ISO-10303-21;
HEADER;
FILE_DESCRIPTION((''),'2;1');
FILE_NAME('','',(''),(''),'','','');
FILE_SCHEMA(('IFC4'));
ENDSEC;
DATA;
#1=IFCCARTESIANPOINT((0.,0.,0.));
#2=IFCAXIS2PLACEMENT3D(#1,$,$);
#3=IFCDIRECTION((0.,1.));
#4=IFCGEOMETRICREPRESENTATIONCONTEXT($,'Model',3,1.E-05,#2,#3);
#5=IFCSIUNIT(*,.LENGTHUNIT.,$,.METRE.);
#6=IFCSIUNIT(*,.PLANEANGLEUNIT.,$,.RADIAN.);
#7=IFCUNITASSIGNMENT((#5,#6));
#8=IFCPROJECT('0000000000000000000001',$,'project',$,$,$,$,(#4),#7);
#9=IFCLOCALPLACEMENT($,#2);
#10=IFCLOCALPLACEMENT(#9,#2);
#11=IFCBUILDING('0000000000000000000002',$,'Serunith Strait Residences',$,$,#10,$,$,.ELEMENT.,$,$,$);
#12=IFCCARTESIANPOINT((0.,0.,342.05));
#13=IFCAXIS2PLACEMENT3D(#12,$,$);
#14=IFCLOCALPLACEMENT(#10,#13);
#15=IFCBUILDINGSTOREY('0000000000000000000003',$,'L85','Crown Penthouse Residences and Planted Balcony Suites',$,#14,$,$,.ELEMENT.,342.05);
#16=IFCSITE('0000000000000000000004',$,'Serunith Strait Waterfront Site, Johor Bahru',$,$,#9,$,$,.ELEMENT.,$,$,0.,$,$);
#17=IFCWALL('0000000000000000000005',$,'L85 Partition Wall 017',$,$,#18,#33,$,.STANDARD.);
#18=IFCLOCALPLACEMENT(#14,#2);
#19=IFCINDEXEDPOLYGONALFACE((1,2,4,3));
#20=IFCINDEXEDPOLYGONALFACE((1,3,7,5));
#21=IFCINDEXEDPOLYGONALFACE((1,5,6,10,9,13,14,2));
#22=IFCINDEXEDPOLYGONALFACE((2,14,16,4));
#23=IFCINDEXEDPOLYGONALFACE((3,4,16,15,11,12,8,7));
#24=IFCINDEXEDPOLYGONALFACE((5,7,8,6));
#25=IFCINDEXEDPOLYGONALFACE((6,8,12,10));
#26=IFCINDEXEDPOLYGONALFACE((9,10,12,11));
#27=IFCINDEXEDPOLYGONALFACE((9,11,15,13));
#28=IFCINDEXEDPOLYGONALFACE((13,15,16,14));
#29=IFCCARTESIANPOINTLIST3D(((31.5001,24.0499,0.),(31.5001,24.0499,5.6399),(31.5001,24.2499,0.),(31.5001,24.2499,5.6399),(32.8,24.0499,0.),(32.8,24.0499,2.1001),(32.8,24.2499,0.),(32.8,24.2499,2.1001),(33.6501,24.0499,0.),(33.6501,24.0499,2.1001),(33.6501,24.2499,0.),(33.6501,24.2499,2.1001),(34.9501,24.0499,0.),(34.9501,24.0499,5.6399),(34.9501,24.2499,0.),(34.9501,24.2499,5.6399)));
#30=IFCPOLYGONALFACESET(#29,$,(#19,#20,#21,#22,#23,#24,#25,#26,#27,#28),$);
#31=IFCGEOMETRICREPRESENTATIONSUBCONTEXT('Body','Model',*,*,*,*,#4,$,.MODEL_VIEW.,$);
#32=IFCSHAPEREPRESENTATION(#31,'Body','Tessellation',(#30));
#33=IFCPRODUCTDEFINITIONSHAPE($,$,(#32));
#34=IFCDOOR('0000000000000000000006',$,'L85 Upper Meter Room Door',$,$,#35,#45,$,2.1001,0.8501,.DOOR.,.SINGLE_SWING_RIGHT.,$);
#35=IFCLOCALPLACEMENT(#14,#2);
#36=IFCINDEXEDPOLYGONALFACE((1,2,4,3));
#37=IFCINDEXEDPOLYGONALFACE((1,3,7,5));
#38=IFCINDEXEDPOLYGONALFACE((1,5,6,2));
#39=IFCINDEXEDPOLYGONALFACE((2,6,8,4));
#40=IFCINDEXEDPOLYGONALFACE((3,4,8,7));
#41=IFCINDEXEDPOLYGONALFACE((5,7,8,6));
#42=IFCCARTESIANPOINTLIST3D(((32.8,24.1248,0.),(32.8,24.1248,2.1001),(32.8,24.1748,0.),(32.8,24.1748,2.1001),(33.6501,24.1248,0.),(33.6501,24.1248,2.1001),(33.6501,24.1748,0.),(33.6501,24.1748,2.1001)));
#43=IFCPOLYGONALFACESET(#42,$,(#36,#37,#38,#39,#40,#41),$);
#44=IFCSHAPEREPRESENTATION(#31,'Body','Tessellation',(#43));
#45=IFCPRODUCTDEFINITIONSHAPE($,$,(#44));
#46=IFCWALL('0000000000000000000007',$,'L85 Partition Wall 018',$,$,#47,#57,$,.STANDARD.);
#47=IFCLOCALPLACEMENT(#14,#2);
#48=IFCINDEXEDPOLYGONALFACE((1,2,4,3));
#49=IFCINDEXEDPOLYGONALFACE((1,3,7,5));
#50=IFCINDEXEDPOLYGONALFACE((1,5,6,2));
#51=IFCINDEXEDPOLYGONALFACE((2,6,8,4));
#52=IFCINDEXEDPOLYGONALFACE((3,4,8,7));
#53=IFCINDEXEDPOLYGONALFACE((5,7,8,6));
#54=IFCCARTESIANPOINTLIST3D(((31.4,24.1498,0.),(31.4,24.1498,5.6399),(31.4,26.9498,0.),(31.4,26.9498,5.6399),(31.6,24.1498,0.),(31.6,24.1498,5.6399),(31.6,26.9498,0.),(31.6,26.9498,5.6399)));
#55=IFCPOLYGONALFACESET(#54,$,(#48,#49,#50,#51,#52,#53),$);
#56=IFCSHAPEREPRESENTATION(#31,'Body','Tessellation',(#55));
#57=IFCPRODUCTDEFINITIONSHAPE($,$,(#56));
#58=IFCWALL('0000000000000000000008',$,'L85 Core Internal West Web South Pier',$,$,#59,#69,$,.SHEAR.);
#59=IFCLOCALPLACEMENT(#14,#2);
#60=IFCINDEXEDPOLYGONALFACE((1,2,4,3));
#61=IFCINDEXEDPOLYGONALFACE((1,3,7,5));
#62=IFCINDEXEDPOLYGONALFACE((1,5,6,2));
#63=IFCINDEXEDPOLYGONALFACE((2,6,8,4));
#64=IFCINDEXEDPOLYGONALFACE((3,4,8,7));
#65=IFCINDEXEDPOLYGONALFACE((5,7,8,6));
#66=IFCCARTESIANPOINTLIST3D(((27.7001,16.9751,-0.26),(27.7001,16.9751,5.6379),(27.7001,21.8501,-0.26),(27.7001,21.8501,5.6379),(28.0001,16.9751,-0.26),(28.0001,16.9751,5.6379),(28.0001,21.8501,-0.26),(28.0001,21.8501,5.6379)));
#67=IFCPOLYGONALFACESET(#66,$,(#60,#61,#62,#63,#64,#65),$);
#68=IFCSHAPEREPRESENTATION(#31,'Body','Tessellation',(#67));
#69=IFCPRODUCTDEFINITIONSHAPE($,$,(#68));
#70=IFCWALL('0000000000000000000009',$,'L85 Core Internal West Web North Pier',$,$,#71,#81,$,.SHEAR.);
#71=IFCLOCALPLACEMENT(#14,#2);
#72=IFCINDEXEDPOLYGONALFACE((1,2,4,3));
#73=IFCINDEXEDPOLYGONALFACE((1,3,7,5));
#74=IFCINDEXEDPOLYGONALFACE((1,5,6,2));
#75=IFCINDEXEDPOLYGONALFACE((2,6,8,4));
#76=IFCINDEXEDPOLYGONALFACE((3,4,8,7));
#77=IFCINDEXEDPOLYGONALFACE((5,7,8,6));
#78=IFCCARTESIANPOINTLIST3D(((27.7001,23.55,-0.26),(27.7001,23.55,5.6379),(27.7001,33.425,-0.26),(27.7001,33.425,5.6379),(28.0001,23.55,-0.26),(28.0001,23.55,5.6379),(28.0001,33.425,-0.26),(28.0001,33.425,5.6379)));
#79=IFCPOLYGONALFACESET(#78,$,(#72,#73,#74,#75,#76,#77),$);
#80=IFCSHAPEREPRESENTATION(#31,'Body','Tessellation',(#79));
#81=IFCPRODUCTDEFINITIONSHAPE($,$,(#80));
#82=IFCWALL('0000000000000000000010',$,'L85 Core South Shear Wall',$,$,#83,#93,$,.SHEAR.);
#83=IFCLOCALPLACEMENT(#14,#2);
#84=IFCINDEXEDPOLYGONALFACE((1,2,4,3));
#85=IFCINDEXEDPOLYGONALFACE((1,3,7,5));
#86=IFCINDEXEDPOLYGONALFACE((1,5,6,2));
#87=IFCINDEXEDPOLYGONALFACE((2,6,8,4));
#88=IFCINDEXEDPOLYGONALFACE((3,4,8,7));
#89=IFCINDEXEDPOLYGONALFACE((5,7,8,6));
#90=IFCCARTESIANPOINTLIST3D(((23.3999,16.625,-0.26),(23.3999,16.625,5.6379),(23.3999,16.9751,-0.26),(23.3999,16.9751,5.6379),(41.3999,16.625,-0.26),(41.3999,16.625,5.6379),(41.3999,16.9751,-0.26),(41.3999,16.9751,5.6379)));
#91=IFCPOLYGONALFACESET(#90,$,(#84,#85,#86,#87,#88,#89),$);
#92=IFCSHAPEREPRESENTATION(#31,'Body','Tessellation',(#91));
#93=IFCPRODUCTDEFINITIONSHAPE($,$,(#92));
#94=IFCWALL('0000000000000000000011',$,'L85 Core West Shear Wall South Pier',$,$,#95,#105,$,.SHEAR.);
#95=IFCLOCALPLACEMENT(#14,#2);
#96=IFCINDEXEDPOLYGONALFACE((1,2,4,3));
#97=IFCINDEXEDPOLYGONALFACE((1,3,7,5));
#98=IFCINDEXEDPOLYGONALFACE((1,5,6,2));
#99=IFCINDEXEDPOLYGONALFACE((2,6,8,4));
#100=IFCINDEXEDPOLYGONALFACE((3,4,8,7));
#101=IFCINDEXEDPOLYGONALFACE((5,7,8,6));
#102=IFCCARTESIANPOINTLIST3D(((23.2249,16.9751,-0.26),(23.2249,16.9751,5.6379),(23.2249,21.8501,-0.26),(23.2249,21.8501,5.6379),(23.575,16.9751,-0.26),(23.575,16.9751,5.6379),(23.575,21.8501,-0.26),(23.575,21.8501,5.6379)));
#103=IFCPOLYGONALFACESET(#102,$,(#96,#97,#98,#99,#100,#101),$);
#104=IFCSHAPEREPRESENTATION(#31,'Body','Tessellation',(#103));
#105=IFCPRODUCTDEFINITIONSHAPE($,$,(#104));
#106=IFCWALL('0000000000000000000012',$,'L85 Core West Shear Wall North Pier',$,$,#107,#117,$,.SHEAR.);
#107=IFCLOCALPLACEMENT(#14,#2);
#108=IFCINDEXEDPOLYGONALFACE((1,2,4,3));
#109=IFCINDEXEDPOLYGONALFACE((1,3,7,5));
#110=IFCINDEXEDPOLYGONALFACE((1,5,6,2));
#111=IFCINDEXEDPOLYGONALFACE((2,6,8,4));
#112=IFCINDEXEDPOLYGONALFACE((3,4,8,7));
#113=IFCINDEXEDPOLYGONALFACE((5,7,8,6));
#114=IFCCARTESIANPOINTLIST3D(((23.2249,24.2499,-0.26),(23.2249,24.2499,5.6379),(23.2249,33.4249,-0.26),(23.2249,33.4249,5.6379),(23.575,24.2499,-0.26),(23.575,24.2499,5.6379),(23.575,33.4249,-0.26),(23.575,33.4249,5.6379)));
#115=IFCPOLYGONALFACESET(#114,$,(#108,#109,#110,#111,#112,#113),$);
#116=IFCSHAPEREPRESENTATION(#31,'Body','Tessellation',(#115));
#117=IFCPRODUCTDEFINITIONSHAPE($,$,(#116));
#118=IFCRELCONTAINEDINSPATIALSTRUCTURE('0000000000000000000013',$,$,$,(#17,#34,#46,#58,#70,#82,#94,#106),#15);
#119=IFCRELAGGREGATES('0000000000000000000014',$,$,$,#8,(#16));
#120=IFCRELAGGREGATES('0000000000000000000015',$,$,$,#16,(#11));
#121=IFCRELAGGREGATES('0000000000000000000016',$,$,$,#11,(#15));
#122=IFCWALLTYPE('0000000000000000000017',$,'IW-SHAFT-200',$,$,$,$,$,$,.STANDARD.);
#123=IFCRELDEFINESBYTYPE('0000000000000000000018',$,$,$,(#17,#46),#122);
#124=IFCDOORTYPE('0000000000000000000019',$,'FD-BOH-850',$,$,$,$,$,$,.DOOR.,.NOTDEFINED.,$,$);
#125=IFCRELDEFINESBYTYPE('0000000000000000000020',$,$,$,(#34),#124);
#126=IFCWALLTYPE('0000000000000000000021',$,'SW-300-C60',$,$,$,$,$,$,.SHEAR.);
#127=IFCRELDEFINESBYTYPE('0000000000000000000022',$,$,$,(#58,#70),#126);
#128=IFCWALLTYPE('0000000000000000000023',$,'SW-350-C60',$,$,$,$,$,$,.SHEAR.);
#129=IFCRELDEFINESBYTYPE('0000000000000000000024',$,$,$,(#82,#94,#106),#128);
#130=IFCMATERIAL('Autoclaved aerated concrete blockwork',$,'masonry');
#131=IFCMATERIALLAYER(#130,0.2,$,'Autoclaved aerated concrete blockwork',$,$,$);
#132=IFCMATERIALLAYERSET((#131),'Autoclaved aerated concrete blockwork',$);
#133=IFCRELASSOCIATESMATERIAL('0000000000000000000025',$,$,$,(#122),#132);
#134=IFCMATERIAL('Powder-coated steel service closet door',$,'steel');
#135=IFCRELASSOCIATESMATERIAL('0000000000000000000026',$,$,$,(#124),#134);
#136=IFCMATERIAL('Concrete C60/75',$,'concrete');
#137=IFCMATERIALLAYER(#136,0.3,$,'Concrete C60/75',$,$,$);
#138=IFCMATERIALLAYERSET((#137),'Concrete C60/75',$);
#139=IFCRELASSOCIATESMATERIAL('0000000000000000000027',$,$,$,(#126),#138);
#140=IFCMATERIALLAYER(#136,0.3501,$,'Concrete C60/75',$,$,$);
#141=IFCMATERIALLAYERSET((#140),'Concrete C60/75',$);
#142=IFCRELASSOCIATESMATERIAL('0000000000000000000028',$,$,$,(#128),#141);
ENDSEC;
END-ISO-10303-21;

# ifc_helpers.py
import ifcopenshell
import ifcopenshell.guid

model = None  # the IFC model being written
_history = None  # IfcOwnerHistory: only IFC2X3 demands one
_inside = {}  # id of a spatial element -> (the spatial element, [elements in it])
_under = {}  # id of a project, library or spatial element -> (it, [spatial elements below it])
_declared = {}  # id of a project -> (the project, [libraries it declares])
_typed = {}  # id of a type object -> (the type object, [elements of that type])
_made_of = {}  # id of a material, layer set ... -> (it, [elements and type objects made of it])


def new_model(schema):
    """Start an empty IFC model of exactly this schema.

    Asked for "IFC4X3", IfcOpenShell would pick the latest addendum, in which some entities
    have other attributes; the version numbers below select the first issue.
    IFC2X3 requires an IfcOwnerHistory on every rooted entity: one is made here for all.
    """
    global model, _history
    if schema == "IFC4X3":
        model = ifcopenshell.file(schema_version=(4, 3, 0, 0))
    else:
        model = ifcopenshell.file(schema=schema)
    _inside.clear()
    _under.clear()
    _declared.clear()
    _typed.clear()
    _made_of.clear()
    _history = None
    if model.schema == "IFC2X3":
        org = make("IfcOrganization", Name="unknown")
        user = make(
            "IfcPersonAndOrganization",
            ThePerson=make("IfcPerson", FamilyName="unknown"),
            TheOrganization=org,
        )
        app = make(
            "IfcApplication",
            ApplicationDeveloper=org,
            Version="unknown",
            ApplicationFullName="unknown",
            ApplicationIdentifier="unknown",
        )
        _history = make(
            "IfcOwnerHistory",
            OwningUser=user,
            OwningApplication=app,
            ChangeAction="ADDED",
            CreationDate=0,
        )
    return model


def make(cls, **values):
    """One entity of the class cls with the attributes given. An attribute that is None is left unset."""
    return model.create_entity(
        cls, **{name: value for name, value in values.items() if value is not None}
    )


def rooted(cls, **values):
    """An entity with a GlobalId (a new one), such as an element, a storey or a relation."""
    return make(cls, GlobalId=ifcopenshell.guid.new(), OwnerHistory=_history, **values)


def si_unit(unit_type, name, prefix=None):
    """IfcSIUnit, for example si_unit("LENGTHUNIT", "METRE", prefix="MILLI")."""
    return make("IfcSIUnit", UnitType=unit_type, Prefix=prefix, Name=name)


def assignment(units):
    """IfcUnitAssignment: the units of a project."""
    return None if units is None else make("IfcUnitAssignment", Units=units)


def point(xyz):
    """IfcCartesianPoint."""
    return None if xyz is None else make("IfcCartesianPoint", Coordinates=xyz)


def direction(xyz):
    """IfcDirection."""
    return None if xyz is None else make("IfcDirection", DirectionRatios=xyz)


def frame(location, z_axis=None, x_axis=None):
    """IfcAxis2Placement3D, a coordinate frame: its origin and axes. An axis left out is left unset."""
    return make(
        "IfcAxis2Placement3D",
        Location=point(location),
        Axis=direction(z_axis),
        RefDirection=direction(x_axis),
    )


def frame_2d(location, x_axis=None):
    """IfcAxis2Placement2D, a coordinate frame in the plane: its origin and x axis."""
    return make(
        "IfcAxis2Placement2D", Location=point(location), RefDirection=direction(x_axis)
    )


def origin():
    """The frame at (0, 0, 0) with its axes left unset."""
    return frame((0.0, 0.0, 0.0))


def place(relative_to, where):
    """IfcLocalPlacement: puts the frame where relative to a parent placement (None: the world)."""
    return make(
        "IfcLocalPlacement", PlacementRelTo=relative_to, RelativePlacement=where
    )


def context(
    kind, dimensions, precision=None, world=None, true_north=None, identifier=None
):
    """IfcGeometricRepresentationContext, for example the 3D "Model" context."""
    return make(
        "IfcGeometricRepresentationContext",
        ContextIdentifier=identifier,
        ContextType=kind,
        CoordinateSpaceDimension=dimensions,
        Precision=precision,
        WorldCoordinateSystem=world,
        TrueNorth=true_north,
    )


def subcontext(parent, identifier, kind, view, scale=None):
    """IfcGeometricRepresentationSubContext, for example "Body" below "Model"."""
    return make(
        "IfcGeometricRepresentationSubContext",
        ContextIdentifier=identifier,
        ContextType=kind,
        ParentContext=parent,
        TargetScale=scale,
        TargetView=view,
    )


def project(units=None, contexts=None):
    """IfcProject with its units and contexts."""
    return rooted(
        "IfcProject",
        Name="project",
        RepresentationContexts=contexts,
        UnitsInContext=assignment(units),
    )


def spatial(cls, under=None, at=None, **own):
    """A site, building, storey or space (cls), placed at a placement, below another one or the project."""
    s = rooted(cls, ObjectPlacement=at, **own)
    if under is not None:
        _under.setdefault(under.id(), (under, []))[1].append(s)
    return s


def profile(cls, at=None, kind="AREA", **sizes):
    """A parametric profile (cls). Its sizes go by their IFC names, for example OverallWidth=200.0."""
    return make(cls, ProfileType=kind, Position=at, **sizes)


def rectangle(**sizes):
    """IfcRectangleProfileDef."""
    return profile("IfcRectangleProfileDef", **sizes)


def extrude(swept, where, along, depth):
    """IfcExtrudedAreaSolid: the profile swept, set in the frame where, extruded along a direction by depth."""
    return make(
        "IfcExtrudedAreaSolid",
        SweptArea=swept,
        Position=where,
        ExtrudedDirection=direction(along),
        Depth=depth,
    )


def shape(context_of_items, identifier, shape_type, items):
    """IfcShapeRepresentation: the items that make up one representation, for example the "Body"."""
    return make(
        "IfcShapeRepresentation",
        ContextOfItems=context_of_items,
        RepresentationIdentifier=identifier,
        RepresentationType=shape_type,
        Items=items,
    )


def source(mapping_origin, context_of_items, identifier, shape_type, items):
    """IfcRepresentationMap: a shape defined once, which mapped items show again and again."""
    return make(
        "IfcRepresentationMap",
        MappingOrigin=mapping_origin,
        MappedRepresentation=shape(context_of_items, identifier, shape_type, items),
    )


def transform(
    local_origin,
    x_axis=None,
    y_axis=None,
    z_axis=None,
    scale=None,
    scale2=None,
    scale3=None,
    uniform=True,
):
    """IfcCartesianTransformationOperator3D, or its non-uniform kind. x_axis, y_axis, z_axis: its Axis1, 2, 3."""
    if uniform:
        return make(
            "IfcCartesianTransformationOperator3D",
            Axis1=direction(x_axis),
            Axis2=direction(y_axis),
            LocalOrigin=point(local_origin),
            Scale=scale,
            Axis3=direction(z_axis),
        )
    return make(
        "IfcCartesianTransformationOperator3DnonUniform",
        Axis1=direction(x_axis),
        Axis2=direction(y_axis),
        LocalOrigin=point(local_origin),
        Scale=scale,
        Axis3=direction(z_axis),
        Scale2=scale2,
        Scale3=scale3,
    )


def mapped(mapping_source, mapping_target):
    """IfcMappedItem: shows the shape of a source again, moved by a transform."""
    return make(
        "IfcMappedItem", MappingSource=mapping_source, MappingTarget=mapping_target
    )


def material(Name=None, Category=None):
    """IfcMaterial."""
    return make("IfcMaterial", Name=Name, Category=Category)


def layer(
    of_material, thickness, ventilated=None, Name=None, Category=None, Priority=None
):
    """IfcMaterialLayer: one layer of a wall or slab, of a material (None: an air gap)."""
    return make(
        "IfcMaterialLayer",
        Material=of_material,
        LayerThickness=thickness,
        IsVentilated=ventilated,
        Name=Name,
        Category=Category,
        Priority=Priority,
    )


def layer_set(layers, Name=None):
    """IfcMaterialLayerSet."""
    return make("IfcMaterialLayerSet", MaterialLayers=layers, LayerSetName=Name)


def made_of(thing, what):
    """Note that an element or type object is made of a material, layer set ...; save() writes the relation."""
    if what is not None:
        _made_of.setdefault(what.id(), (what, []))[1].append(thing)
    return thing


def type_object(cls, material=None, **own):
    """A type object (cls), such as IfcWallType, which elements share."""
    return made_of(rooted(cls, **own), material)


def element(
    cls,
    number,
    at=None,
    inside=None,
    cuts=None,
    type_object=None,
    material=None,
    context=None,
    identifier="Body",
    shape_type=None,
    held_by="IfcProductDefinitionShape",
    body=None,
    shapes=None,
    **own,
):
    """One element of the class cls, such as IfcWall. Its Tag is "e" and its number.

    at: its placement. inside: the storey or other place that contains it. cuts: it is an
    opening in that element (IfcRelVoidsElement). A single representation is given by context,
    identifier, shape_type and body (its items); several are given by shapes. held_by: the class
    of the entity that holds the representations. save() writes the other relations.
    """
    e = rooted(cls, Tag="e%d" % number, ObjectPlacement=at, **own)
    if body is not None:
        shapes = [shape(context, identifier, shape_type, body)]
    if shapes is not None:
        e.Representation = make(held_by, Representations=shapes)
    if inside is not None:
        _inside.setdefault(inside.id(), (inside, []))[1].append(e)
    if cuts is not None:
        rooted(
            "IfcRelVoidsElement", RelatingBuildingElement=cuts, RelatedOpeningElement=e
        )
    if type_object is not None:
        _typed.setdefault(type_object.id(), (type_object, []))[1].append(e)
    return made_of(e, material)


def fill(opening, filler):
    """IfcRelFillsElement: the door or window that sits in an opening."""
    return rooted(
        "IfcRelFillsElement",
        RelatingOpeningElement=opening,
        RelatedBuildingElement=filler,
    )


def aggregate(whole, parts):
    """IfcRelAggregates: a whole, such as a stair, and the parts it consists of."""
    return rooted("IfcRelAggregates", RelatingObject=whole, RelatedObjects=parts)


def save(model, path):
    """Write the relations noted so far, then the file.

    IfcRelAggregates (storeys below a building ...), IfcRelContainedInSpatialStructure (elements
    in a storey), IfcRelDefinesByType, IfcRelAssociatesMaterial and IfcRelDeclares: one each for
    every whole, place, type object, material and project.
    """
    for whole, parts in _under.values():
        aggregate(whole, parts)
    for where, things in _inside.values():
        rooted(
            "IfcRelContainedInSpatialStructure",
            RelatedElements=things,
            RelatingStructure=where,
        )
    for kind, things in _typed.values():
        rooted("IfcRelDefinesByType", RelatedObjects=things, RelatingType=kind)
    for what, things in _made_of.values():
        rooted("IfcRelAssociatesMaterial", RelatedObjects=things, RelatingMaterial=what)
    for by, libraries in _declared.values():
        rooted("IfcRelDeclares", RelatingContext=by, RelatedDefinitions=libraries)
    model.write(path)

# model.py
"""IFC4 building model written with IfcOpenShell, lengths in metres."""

from ifc_helpers import new_model, si_unit, direction, frame, frame_2d, origin, place, context, subcontext, project, spatial, rectangle, extrude, source, transform, mapped, material, layer, layer_set, type_object, element, fill, save


model = new_model("IFC4")

# Units and contexts
model_context = context("Model", 3, precision=1e-05, world=origin(), true_north=direction((0.0, 1.0)))
body_context = subcontext(model_context, "Body", "Model", "MODEL_VIEW")
ifc_project = project(units=[si_unit("LENGTHUNIT", "METRE"), si_unit("PLANEANGLEUNIT", "RADIAN")], contexts=[model_context])

# Site, building, storey
site_placement = place(None, origin())
site = spatial("IfcSite", under=ifc_project, at=site_placement, Name="Serunith Strait Waterfront Site, Johor Bahru", CompositionType="ELEMENT", RefElevation=0.0)
building_placement = place(site_placement, origin())
building = spatial("IfcBuilding", under=site, at=building_placement, Name="Serunith Strait Residences", CompositionType="ELEMENT")
storey_placement = place(building_placement, frame((0.0, 0.0, 342.05)))
storey = spatial("IfcBuildingStorey", under=building, at=storey_placement, Name="L85", Description="Crown Penthouse Residences and Planted Balcony Suites", CompositionType="ELEMENT", Elevation=342.05)

# Shared definitions
ifc_material_1 = material(Name="Autoclaved aerated concrete blockwork", Category="masonry")
ifc_layer_1 = layer(ifc_material_1, 0.2, Name="Autoclaved aerated concrete blockwork")
ifc_layer_set_1 = layer_set([ifc_layer_1], Name="Autoclaved aerated concrete blockwork")
wall_type_1 = type_object("IfcWallType", Name="IW-SHAFT-200", PredefinedType="STANDARD", material=ifc_layer_set_1)

# Wall, opening, door
ifc_material_2 = material(Name="Powder-coated steel service closet door", Category="steel")
door_type_1 = type_object("IfcDoorType", Name="FD-BOH-850", OperationType="NOTDEFINED", PredefinedType="DOOR", material=ifc_material_2)
shared_shape_1 = source(origin(), body_context, "Body", "SweptSolid", [
    extrude(rectangle(XDim=0.8501, YDim=2.1001, at=frame_2d((0.425, 1.05))), frame((0.0, 0.0249, 0.0), z_axis=(0.0, -1.0, 0.0), x_axis=(1.0, 0.0, 0.0)), (0.0, 0.0, 1.0), 0.05),
])
wall_1_placement = place(storey_placement, frame((31.5, 24.1499, 0.0), z_axis=(0.0, 0.0, 1.0), x_axis=(1.0, 0.0, 0.0)))
wall_1 = element("IfcWall", 1, at=wall_1_placement, inside=storey, type_object=wall_type_1, Name="L85 Partition Wall 017", PredefinedType="STANDARD", context=body_context, shape_type="SweptSolid", body=[
    extrude(rectangle(XDim=3.45, YDim=0.2, at=frame_2d((1.7251, 0.0))), origin(), (0.0, 0.0, 1.0), 5.6399),
])
opening_1_placement = place(wall_1_placement, frame((1.3, 0.0, 0.0)))
opening_1 = element("IfcOpeningElement", 2, at=opening_1_placement, cuts=wall_1, PredefinedType="OPENING", context=body_context, shape_type="SweptSolid", body=[
    extrude(rectangle(XDim=0.8501, YDim=2.1001, at=frame_2d((0.425, 1.05))), frame((0.0, 0.1099, 0.0), z_axis=(0.0, -1.0, 0.0), x_axis=(1.0, 0.0, 0.0)), (0.0, 0.0, 1.0), 0.22),
])
door_1_placement = place(opening_1_placement, origin())
door_1 = element("IfcDoor", 3, at=door_1_placement, inside=storey, type_object=door_type_1, Name="L85 Upper Meter Room Door", OperationType="SINGLE_SWING_RIGHT", OverallHeight=2.1001, OverallWidth=0.8501, PredefinedType="DOOR", context=body_context, shape_type="MappedRepresentation", body=[
    mapped(shared_shape_1, transform((0.0, 0.0, 0.0), scale=1.0)),
])
fill(opening_1, door_1)

# Walls
wall_2_placement = place(storey_placement, frame((31.5, 24.1499, 0.0), z_axis=(0.0, 0.0, 1.0), x_axis=(0.0, 1.0, 0.0)))
element("IfcWall", 4, at=wall_2_placement, inside=storey, type_object=wall_type_1, Name="L85 Partition Wall 018", PredefinedType="STANDARD", context=body_context, shape_type="SweptSolid", body=[
    extrude(rectangle(XDim=2.8, YDim=0.2, at=frame_2d((1.3999, 0.0))), origin(), (0.0, 0.0, 1.0), 5.6399),
])
ifc_material_3 = material(Name="Concrete C60/75", Category="concrete")
ifc_layer_2 = layer(ifc_material_3, 0.3, Name="Concrete C60/75")
ifc_layer_set_2 = layer_set([ifc_layer_2], Name="Concrete C60/75")
wall_type_2 = type_object("IfcWallType", Name="SW-300-C60", PredefinedType="SHEAR", material=ifc_layer_set_2)
wall_3_placement = place(storey_placement, frame((27.8501, 16.9751, -0.26), z_axis=(0.0, 0.0, 1.0), x_axis=(0.0, 1.0, 0.0)))
element("IfcWall", 5, at=wall_3_placement, inside=storey, type_object=wall_type_2, Name="L85 Core Internal West Web South Pier", PredefinedType="SHEAR", context=body_context, shape_type="SweptSolid", body=[
    extrude(rectangle(XDim=4.875, YDim=0.3, at=frame_2d((2.4375, 0.0))), origin(), (0.0, 0.0, 1.0), 5.8979),
])
wall_4_placement = place(storey_placement, frame((27.8501, 23.55, -0.26), z_axis=(0.0, 0.0, 1.0), x_axis=(0.0, 1.0, 0.0)))
element("IfcWall", 6, at=wall_4_placement, inside=storey, type_object=wall_type_2, Name="L85 Core Internal West Web North Pier", PredefinedType="SHEAR", context=body_context, shape_type="SweptSolid", body=[
    extrude(rectangle(XDim=9.875, YDim=0.3, at=frame_2d((4.9375, 0.0))), origin(), (0.0, 0.0, 1.0), 5.8979),
])
ifc_layer_3 = layer(ifc_material_3, 0.3501, Name="Concrete C60/75")
ifc_layer_set_3 = layer_set([ifc_layer_3], Name="Concrete C60/75")
wall_type_3 = type_object("IfcWallType", Name="SW-350-C60", PredefinedType="SHEAR", material=ifc_layer_set_3)
wall_5_placement = place(storey_placement, frame((23.3999, 16.8, -0.26), z_axis=(0.0, 0.0, 1.0), x_axis=(1.0, 0.0, 0.0)))
element("IfcWall", 7, at=wall_5_placement, inside=storey, type_object=wall_type_3, Name="L85 Core South Shear Wall", PredefinedType="SHEAR", context=body_context, shape_type="SweptSolid", body=[
    extrude(rectangle(XDim=18.0, YDim=0.3501, at=frame_2d((9.0, 0.0))), origin(), (0.0, 0.0, 1.0), 5.8979),
])
wall_6_placement = place(storey_placement, frame((23.3999, 16.9751, -0.26), z_axis=(0.0, 0.0, 1.0), x_axis=(0.0, 1.0, 0.0)))
element("IfcWall", 8, at=wall_6_placement, inside=storey, type_object=wall_type_3, Name="L85 Core West Shear Wall South Pier", PredefinedType="SHEAR", context=body_context, shape_type="SweptSolid", body=[
    extrude(rectangle(XDim=4.875, YDim=0.3501, at=frame_2d((2.4375, 0.0))), origin(), (0.0, 0.0, 1.0), 5.8979),
])
wall_7_placement = place(storey_placement, frame((23.3999, 24.25, -0.26), z_axis=(0.0, 0.0, 1.0), x_axis=(0.0, 1.0, 0.0)))
element("IfcWall", 9, at=wall_7_placement, inside=storey, type_object=wall_type_3, Name="L85 Core West Shear Wall North Pier", PredefinedType="SHEAR", context=body_context, shape_type="SweptSolid", body=[
    extrude(rectangle(XDim=9.175, YDim=0.3501, at=frame_2d((4.5874, 0.0))), origin(), (0.0, 0.0, 1.0), 5.8979),
])

save(model, "model.ifc")
